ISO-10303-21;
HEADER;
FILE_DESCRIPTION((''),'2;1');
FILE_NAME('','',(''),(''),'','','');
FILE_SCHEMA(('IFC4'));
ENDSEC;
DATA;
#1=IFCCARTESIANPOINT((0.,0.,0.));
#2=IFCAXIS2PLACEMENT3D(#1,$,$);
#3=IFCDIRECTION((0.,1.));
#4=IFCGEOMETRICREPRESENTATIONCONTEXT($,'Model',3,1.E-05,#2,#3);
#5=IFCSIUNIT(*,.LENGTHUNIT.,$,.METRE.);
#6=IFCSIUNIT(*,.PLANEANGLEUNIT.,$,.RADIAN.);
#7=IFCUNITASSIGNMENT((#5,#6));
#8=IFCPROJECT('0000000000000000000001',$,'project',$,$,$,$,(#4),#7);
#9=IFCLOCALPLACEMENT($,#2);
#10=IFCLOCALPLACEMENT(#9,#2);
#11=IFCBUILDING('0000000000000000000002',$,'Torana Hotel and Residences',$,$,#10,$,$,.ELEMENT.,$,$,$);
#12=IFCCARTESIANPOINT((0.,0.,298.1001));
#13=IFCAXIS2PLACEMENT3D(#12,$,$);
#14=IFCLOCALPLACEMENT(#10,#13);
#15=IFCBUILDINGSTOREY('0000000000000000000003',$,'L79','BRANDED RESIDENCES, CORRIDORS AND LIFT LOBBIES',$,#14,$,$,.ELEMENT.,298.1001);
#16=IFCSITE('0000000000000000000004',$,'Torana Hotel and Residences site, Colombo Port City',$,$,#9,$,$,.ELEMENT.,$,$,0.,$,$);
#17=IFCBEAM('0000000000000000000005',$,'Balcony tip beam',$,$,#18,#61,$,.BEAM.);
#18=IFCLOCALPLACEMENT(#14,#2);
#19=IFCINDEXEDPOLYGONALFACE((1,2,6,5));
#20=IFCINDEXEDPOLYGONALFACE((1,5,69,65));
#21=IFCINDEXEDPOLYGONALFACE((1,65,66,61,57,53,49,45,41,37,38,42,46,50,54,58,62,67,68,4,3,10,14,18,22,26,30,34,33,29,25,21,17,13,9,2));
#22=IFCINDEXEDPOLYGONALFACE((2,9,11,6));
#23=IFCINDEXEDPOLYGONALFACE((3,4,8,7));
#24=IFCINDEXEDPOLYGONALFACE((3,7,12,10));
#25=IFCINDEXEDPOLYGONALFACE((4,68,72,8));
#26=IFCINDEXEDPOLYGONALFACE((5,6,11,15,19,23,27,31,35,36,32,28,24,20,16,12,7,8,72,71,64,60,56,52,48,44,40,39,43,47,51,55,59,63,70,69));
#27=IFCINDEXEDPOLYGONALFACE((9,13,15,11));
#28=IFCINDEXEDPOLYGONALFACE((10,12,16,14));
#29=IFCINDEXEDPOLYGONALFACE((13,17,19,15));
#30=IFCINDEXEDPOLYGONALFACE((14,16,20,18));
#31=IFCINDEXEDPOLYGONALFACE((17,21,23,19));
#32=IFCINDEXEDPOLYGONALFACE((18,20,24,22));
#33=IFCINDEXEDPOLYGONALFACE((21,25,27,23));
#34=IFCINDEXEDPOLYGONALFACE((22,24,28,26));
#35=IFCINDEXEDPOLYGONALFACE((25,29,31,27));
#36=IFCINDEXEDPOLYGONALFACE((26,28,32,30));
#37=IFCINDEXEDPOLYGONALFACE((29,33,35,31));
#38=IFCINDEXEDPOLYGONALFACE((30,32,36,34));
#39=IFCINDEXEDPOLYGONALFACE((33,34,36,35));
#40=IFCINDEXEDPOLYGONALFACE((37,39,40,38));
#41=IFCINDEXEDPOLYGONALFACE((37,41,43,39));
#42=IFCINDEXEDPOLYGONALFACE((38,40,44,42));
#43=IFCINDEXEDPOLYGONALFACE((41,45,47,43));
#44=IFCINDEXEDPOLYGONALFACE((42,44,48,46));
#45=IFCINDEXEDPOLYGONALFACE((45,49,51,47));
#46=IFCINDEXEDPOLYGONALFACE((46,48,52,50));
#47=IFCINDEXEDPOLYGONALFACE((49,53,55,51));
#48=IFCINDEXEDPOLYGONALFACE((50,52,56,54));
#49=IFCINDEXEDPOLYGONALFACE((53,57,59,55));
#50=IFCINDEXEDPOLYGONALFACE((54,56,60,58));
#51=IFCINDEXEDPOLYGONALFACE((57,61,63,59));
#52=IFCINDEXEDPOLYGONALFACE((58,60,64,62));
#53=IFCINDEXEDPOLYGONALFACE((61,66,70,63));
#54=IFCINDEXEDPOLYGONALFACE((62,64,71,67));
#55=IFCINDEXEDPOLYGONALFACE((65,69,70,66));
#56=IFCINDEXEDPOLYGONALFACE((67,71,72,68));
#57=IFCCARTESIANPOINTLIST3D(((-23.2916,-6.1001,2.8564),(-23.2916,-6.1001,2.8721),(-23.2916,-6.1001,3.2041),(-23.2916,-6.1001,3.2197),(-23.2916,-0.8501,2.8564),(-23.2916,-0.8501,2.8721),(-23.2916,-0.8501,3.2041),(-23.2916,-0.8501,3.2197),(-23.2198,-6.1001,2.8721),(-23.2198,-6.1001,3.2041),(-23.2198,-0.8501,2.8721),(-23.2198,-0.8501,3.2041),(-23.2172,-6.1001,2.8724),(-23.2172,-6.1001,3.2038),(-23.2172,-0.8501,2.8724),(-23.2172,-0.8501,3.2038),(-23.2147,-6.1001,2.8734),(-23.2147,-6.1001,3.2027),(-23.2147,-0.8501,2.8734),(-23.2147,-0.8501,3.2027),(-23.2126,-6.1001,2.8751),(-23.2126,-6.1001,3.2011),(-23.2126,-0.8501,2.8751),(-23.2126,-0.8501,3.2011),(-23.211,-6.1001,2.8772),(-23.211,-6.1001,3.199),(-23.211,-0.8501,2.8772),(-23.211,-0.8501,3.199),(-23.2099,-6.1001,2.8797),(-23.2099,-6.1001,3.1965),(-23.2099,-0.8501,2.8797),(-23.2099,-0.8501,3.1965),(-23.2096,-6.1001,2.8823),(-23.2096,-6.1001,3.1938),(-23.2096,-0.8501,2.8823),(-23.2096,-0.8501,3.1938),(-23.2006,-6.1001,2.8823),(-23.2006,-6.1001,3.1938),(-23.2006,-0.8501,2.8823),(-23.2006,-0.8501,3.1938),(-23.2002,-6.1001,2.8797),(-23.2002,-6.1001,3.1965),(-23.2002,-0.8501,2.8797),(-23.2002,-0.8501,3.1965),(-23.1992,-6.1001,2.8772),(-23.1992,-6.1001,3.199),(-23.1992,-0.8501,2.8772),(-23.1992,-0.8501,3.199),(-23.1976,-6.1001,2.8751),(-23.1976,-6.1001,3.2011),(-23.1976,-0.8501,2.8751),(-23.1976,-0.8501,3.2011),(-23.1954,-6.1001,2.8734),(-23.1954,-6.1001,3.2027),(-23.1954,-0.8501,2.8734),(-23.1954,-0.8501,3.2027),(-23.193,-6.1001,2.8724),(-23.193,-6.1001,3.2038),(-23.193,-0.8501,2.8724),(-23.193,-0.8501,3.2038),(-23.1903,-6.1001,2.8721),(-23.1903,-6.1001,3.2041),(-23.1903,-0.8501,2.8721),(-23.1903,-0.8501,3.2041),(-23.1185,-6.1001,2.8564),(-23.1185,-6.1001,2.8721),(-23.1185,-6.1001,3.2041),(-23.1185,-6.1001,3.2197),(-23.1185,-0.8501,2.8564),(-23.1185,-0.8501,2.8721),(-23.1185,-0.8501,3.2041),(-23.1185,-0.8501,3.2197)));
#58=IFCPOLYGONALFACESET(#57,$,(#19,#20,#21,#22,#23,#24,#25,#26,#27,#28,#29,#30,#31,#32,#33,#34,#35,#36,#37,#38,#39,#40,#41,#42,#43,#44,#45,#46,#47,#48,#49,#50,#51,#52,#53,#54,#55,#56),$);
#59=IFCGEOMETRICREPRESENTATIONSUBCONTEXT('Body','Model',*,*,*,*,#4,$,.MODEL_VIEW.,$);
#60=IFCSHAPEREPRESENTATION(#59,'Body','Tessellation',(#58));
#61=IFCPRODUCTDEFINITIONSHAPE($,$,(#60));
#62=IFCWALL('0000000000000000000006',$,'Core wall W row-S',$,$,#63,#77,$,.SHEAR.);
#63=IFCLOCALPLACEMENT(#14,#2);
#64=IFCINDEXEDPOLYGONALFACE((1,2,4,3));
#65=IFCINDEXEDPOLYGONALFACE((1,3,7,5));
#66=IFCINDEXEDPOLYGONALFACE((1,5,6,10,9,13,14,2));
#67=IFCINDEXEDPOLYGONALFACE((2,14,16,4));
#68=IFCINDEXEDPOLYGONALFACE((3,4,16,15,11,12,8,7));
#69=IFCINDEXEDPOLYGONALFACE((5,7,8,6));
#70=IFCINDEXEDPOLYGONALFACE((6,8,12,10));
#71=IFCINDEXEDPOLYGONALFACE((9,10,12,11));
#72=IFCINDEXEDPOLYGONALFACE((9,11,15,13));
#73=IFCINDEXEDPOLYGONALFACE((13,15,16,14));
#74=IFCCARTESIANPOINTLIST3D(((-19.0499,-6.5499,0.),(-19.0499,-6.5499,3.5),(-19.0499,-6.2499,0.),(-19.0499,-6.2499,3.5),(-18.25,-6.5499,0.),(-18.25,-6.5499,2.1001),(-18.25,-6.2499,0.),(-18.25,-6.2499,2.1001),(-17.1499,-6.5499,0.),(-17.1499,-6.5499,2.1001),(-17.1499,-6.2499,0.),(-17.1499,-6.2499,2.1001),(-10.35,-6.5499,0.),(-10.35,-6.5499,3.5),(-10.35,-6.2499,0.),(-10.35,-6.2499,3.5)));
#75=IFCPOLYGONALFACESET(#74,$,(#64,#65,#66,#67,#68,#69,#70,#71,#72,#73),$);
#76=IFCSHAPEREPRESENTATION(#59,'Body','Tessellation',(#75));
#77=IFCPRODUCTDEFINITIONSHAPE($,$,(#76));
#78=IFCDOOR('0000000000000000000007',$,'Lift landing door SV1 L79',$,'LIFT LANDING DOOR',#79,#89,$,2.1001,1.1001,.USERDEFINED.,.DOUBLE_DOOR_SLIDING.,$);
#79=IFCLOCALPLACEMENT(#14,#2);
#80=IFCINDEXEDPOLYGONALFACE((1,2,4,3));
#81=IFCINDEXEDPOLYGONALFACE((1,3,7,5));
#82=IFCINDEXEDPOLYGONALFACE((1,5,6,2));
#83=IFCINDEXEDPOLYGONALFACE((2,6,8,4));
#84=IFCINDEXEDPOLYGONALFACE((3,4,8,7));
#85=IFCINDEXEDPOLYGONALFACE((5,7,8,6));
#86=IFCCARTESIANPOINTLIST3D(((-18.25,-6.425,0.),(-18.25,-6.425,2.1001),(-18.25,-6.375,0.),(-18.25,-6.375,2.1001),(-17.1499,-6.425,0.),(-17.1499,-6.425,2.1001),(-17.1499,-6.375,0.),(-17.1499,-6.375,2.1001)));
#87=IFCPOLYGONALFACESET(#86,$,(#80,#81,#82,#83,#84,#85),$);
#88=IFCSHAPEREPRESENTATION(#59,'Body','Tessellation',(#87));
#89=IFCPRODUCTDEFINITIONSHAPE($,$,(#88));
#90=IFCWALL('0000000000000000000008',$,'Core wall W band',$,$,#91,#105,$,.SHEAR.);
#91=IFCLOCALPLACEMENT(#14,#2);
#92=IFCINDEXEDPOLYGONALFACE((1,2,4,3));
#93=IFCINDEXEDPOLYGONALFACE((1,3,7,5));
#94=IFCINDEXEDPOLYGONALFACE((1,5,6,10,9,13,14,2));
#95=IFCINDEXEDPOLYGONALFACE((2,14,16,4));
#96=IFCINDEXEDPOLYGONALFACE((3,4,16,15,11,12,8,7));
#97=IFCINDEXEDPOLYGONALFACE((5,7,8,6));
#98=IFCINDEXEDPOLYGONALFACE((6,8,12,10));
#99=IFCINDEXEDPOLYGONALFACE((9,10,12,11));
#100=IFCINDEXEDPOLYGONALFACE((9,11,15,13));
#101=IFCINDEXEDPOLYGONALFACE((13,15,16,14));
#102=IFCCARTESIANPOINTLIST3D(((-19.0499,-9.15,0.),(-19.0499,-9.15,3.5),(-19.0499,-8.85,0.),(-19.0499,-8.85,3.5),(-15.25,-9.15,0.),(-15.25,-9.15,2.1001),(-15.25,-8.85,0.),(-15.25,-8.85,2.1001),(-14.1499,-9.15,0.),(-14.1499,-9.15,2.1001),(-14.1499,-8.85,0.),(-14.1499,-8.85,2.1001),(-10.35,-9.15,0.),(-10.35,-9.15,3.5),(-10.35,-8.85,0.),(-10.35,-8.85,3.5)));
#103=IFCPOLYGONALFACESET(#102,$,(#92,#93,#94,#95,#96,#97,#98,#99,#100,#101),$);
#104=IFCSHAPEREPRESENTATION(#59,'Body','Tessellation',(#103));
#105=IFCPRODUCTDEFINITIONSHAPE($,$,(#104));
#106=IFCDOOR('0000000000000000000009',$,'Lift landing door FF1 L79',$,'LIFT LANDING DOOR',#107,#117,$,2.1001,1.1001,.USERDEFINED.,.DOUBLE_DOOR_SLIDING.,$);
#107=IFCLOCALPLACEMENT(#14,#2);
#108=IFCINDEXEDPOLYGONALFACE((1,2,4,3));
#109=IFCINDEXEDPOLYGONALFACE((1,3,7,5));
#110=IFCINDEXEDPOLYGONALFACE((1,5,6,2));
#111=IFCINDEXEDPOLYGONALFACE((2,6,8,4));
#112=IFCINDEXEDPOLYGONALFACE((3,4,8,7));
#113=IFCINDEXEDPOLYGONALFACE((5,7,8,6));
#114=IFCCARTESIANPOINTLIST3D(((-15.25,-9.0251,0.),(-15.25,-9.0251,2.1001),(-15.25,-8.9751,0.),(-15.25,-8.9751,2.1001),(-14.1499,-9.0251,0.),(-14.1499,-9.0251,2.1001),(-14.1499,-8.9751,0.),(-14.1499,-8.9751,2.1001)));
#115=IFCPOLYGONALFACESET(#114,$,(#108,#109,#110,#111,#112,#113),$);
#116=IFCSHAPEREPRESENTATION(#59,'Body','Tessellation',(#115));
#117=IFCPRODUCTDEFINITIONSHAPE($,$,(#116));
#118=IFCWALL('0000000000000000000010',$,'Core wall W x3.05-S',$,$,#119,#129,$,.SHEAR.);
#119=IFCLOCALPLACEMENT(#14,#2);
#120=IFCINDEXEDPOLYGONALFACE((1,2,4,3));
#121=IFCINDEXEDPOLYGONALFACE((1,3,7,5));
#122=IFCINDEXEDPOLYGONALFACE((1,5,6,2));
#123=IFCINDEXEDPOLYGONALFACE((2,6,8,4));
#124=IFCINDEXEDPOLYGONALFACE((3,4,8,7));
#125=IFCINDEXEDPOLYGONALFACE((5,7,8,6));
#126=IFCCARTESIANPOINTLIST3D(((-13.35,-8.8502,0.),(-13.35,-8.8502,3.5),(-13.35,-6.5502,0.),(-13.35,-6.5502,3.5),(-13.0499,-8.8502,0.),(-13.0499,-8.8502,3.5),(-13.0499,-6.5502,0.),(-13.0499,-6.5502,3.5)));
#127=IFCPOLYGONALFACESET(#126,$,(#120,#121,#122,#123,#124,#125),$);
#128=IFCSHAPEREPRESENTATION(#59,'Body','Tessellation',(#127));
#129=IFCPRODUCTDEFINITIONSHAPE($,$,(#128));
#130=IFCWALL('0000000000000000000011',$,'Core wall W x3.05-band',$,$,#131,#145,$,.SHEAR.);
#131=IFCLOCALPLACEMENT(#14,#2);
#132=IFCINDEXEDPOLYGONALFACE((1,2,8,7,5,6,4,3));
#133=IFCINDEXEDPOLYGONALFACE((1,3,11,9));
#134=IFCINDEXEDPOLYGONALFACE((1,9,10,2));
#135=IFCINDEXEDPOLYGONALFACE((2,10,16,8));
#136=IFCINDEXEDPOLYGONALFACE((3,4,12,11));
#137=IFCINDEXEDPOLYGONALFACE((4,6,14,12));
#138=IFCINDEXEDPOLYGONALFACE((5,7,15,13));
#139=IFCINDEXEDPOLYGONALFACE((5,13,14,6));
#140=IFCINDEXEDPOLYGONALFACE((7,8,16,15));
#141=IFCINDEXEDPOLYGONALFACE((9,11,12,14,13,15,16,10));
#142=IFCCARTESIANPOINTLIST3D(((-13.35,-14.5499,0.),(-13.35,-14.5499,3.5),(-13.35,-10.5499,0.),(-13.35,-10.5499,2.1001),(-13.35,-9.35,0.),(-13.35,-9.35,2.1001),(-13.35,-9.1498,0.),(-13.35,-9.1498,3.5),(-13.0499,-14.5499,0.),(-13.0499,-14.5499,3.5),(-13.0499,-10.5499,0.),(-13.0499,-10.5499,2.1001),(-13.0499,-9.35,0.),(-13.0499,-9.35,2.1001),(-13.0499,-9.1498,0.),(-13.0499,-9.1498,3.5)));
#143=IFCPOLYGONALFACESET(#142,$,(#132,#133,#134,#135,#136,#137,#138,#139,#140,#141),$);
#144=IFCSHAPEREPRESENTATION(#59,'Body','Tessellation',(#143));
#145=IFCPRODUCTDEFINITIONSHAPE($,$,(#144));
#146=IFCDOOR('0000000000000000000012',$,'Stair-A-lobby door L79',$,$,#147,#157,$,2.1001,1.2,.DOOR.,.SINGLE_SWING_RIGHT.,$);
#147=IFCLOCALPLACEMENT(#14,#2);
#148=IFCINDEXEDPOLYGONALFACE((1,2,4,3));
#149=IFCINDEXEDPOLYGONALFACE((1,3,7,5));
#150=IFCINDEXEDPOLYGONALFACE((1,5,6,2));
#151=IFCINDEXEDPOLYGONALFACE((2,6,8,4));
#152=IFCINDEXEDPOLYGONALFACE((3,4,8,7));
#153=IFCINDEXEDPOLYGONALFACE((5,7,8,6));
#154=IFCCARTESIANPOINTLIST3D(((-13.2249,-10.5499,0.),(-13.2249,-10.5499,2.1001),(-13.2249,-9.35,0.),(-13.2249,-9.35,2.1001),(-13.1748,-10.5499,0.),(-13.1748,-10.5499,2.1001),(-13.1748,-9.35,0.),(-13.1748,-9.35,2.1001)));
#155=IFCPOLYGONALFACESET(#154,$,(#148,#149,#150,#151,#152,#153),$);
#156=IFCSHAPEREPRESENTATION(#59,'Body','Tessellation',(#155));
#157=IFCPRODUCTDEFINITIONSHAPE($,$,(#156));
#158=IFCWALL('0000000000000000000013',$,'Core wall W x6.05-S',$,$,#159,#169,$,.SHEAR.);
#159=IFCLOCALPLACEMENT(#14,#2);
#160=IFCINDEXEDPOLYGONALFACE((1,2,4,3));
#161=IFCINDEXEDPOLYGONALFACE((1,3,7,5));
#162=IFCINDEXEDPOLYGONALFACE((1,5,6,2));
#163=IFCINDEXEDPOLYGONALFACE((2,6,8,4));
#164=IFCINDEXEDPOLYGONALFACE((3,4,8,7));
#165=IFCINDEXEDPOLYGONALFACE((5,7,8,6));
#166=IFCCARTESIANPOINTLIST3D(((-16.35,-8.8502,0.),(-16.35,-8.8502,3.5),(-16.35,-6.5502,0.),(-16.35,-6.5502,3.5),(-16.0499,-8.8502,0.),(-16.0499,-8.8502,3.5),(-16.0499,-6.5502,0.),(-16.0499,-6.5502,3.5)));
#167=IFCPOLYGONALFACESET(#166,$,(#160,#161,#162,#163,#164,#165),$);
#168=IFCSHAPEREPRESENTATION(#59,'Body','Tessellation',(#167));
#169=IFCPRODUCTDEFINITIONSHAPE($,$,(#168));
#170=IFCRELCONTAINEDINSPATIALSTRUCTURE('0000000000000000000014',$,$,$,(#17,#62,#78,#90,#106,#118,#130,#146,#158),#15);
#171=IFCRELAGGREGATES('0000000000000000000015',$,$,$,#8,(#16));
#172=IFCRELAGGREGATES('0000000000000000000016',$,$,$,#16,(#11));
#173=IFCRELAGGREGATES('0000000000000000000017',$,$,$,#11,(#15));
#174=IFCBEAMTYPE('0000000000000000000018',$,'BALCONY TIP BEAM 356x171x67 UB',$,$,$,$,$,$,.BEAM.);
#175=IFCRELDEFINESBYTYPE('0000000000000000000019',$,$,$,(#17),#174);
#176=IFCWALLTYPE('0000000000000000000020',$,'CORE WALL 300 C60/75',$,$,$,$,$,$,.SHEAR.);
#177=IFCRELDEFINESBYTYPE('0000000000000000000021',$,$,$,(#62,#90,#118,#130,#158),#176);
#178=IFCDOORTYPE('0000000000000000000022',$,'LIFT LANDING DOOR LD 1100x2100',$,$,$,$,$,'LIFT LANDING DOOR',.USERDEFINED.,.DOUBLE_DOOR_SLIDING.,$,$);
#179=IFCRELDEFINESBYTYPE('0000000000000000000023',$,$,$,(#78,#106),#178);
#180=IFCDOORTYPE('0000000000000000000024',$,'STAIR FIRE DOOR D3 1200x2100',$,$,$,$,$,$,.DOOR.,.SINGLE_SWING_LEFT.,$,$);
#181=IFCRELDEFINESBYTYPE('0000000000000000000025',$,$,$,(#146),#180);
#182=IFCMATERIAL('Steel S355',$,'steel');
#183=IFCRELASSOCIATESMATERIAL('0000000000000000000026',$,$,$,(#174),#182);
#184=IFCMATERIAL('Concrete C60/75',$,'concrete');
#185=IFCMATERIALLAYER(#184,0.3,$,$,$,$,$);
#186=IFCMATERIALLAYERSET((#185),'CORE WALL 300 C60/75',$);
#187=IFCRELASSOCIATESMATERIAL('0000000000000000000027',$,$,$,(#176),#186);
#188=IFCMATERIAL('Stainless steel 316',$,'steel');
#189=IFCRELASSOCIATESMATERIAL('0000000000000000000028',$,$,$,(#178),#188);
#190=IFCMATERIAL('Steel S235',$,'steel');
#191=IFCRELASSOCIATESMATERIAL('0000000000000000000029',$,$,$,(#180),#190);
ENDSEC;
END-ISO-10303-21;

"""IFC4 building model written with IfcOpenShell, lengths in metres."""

from ifc_helpers import new_model, si_unit, direction, frame, frame_2d, origin, origin_2d, place, context, subcontext, project, spatial, rectangle, i_section, extrude, material, layer, layer_set, material_profile, profile_set, type_object, element, fill, save


model = new_model("IFC4")

# Units and contexts
model_context = context("Model", 3, precision=1e-05, world=origin(), true_north=direction((0.0, 1.0)))
body_context = subcontext(model_context, "Body", "Model", "MODEL_VIEW")
ifc_project = project(units=[si_unit("LENGTHUNIT", "METRE"), si_unit("PLANEANGLEUNIT", "RADIAN")], contexts=[model_context])

# Site, building, storey
site_placement = place(None, origin())
site = spatial("IfcSite", under=ifc_project, at=site_placement, Name="Torana Hotel and Residences site, Colombo Port City", CompositionType="ELEMENT", RefElevation=0.0)
building_placement = place(site_placement, origin())
building = spatial("IfcBuilding", under=site, at=building_placement, Name="Torana Hotel and Residences", CompositionType="ELEMENT")
storey_placement = place(building_placement, frame((0.0, 0.0, 298.1001)))
storey = spatial("IfcBuildingStorey", under=building, at=storey_placement, Name="L79", Description="BRANDED RESIDENCES, CORRIDORS AND LIFT LOBBIES", CompositionType="ELEMENT", Elevation=298.1001)

# Beam
ifc_material_1 = material(Name="Steel S355", Category="steel")
ifc_material_profile = material_profile(ifc_material_1, i_section(OverallWidth=0.1731, OverallDepth=0.3633, WebThickness=0.009, FlangeThickness=0.0156, FilletRadius=0.0103, at=origin_2d()), Name="356x171x67 UB")
ifc_profile_set = profile_set([ifc_material_profile], Name="Steel S355")
beam_type = type_object("IfcBeamType", Name="BALCONY TIP BEAM 356x171x67 UB", PredefinedType="BEAM", material=ifc_profile_set)
beam_placement = place(storey_placement, frame((-23.2051, -6.1001, 3.0381), z_axis=(0.0, 1.0, 0.0), x_axis=(-1.0, 0.0, 0.0)))
element("IfcBeam", 1, at=beam_placement, inside=storey, type_object=beam_type, Name="Balcony tip beam", PredefinedType="BEAM", context=body_context, shape_type="SweptSolid", body=[
    extrude(i_section(OverallWidth=0.1731, OverallDepth=0.3633, WebThickness=0.009, FlangeThickness=0.0156, FilletRadius=0.0103, at=origin_2d()), origin(), (0.0, 0.0, 1.0), 5.25),
])

# Walls, openings, doors
ifc_material_2 = material(Name="Concrete C60/75", Category="concrete")
ifc_layer_1 = layer(ifc_material_2, 0.3)
ifc_layer_set_1 = layer_set([ifc_layer_1], Name="CORE WALL 300 C60/75")
wall_type_1 = type_object("IfcWallType", Name="CORE WALL 300 C60/75", PredefinedType="SHEAR", material=ifc_layer_set_1)
wall_1_placement = place(storey_placement, frame((-19.05, -6.3999, 0.0), z_axis=(0.0, 0.0, 1.0), x_axis=(1.0, 0.0, 0.0)))
wall_1 = element("IfcWall", 2, at=wall_1_placement, inside=storey, type_object=wall_type_1, Name="Core wall W row-S", PredefinedType="SHEAR", context=body_context, shape_type="SweptSolid", body=[
    extrude(rectangle(XDim=8.7, YDim=0.3, at=frame_2d((4.3501, 0.0))), origin(), (0.0, 0.0, 1.0), 3.5),
])
opening_1_placement = place(wall_1_placement, frame((0.8, 0.0, 0.0)))
opening_1 = element("IfcOpeningElement", 3, at=opening_1_placement, cuts=wall_1, PredefinedType="OPENING", context=body_context, shape_type="SweptSolid", body=[
    extrude(rectangle(XDim=1.1001, YDim=2.1001, at=frame_2d((0.55, 1.05))), frame((0.0, 0.1599, 0.0), z_axis=(0.0, -1.0, 0.0), x_axis=(1.0, 0.0, 0.0)), (0.0, 0.0, 1.0), 0.3201),
])
ifc_material_3 = material(Name="Stainless steel 316", Category="steel")
door_type_1 = type_object("IfcDoorType", Name="LIFT LANDING DOOR LD 1100x2100", ElementType="LIFT LANDING DOOR", OperationType="DOUBLE_DOOR_SLIDING", PredefinedType="USERDEFINED", material=ifc_material_3)
door_1_placement = place(opening_1_placement, origin())
door_1 = element("IfcDoor", 4, at=door_1_placement, inside=storey, type_object=door_type_1, Name="Lift landing door SV1 L79", ObjectType="LIFT LANDING DOOR", OperationType="DOUBLE_DOOR_SLIDING", OverallHeight=2.1001, OverallWidth=1.1001, PredefinedType="USERDEFINED", context=body_context, shape_type="SweptSolid", body=[
    extrude(rectangle(XDim=1.1001, YDim=2.1001, at=frame_2d((0.55, 1.05))), frame((0.0, 0.0249, 0.0), z_axis=(0.0, -1.0, 0.0), x_axis=(1.0, 0.0, 0.0)), (0.0, 0.0, 1.0), 0.05),
])
fill(opening_1, door_1)
wall_2_placement = place(storey_placement, frame((-19.05, -9.0, 0.0), z_axis=(0.0, 0.0, 1.0), x_axis=(1.0, 0.0, 0.0)))
wall_2 = element("IfcWall", 5, at=wall_2_placement, inside=storey, type_object=wall_type_1, Name="Core wall W band", PredefinedType="SHEAR", context=body_context, shape_type="SweptSolid", body=[
    extrude(rectangle(XDim=8.7, YDim=0.3, at=frame_2d((4.3501, 0.0))), origin(), (0.0, 0.0, 1.0), 3.5),
])
opening_2_placement = place(wall_2_placement, frame((3.8, 0.0, 0.0)))
opening_2 = element("IfcOpeningElement", 6, at=opening_2_placement, cuts=wall_2, PredefinedType="OPENING", context=body_context, shape_type="SweptSolid", body=[
    extrude(rectangle(XDim=1.1001, YDim=2.1001, at=frame_2d((0.55, 1.05))), frame((0.0, 0.1599, 0.0), z_axis=(0.0, -1.0, 0.0), x_axis=(1.0, 0.0, 0.0)), (0.0, 0.0, 1.0), 0.3201),
])
door_2_placement = place(opening_2_placement, origin())
door_2 = element("IfcDoor", 7, at=door_2_placement, inside=storey, type_object=door_type_1, Name="Lift landing door FF1 L79", ObjectType="LIFT LANDING DOOR", OperationType="DOUBLE_DOOR_SLIDING", OverallHeight=2.1001, OverallWidth=1.1001, PredefinedType="USERDEFINED", context=body_context, shape_type="SweptSolid", body=[
    extrude(rectangle(XDim=1.1001, YDim=2.1001, at=frame_2d((0.55, 1.05))), frame((0.0, 0.0249, 0.0), z_axis=(0.0, -1.0, 0.0), x_axis=(1.0, 0.0, 0.0)), (0.0, 0.0, 1.0), 0.05),
])
fill(opening_2, door_2)

# Wall
wall_3_placement = place(storey_placement, frame((-13.2, -8.8501, 0.0), z_axis=(0.0, 0.0, 1.0), x_axis=(0.0, 1.0, 0.0)))
element("IfcWall", 8, at=wall_3_placement, inside=storey, type_object=wall_type_1, Name="Core wall W x3.05-S", PredefinedType="SHEAR", context=body_context, shape_type="SweptSolid", body=[
    extrude(rectangle(XDim=2.3, YDim=0.3, at=frame_2d((1.1499, 0.0))), origin(), (0.0, 0.0, 1.0), 3.5),
])

# Wall, opening, door
wall_4_placement = place(storey_placement, frame((-13.2, -14.55, 0.0), z_axis=(0.0, 0.0, 1.0), x_axis=(0.0, 1.0, 0.0)))
wall_4 = element("IfcWall", 9, at=wall_4_placement, inside=storey, type_object=wall_type_1, Name="Core wall W x3.05-band", PredefinedType="SHEAR", context=body_context, shape_type="SweptSolid", body=[
    extrude(rectangle(XDim=5.4001, YDim=0.3, at=frame_2d((2.7002, 0.0))), origin(), (0.0, 0.0, 1.0), 3.5),
])
opening_3_placement = place(wall_4_placement, frame((4.0, 0.0, 0.0)))
opening_3 = element("IfcOpeningElement", 10, at=opening_3_placement, cuts=wall_4, PredefinedType="OPENING", context=body_context, shape_type="SweptSolid", body=[
    extrude(rectangle(XDim=1.2, YDim=2.1001, at=frame_2d((0.6001, 1.05))), frame((0.0, 0.1599, 0.0), z_axis=(0.0, -1.0, 0.0), x_axis=(1.0, 0.0, 0.0)), (0.0, 0.0, 1.0), 0.3201),
])
ifc_material_4 = material(Name="Steel S235", Category="steel")
door_type_2 = type_object("IfcDoorType", Name="STAIR FIRE DOOR D3 1200x2100", OperationType="SINGLE_SWING_LEFT", PredefinedType="DOOR", material=ifc_material_4)
door_3_placement = place(opening_3_placement, frame((0.6001, 0.0, 0.0), z_axis=(0.0, 0.0, 1.0), x_axis=(-1.0, 0.0, 0.0)))
door_3 = element("IfcDoor", 11, at=door_3_placement, inside=storey, type_object=door_type_2, Name="Stair-A-lobby door L79", OperationType="SINGLE_SWING_RIGHT", OverallHeight=2.1001, OverallWidth=1.2, PredefinedType="DOOR", context=body_context, shape_type="SweptSolid", body=[
    extrude(rectangle(XDim=1.2, YDim=2.1001, at=frame_2d((0.0, 1.05))), frame((0.0, -0.0249, 0.0), z_axis=(0.0, 1.0, 0.0), x_axis=(-1.0, 0.0, 0.0)), (0.0, 0.0, 1.0), 0.05),
])
fill(opening_3, door_3)

# Wall
wall_5_placement = place(storey_placement, frame((-16.2, -8.8501, 0.0), z_axis=(0.0, 0.0, 1.0), x_axis=(0.0, 1.0, 0.0)))
element("IfcWall", 12, at=wall_5_placement, inside=storey, type_object=wall_type_1, Name="Core wall W x6.05-S", PredefinedType="SHEAR", context=body_context, shape_type="SweptSolid", body=[
    extrude(rectangle(XDim=2.3, YDim=0.3, at=frame_2d((1.1499, 0.0))), origin(), (0.0, 0.0, 1.0), 3.5),
])

save(model, "model.ifc")
